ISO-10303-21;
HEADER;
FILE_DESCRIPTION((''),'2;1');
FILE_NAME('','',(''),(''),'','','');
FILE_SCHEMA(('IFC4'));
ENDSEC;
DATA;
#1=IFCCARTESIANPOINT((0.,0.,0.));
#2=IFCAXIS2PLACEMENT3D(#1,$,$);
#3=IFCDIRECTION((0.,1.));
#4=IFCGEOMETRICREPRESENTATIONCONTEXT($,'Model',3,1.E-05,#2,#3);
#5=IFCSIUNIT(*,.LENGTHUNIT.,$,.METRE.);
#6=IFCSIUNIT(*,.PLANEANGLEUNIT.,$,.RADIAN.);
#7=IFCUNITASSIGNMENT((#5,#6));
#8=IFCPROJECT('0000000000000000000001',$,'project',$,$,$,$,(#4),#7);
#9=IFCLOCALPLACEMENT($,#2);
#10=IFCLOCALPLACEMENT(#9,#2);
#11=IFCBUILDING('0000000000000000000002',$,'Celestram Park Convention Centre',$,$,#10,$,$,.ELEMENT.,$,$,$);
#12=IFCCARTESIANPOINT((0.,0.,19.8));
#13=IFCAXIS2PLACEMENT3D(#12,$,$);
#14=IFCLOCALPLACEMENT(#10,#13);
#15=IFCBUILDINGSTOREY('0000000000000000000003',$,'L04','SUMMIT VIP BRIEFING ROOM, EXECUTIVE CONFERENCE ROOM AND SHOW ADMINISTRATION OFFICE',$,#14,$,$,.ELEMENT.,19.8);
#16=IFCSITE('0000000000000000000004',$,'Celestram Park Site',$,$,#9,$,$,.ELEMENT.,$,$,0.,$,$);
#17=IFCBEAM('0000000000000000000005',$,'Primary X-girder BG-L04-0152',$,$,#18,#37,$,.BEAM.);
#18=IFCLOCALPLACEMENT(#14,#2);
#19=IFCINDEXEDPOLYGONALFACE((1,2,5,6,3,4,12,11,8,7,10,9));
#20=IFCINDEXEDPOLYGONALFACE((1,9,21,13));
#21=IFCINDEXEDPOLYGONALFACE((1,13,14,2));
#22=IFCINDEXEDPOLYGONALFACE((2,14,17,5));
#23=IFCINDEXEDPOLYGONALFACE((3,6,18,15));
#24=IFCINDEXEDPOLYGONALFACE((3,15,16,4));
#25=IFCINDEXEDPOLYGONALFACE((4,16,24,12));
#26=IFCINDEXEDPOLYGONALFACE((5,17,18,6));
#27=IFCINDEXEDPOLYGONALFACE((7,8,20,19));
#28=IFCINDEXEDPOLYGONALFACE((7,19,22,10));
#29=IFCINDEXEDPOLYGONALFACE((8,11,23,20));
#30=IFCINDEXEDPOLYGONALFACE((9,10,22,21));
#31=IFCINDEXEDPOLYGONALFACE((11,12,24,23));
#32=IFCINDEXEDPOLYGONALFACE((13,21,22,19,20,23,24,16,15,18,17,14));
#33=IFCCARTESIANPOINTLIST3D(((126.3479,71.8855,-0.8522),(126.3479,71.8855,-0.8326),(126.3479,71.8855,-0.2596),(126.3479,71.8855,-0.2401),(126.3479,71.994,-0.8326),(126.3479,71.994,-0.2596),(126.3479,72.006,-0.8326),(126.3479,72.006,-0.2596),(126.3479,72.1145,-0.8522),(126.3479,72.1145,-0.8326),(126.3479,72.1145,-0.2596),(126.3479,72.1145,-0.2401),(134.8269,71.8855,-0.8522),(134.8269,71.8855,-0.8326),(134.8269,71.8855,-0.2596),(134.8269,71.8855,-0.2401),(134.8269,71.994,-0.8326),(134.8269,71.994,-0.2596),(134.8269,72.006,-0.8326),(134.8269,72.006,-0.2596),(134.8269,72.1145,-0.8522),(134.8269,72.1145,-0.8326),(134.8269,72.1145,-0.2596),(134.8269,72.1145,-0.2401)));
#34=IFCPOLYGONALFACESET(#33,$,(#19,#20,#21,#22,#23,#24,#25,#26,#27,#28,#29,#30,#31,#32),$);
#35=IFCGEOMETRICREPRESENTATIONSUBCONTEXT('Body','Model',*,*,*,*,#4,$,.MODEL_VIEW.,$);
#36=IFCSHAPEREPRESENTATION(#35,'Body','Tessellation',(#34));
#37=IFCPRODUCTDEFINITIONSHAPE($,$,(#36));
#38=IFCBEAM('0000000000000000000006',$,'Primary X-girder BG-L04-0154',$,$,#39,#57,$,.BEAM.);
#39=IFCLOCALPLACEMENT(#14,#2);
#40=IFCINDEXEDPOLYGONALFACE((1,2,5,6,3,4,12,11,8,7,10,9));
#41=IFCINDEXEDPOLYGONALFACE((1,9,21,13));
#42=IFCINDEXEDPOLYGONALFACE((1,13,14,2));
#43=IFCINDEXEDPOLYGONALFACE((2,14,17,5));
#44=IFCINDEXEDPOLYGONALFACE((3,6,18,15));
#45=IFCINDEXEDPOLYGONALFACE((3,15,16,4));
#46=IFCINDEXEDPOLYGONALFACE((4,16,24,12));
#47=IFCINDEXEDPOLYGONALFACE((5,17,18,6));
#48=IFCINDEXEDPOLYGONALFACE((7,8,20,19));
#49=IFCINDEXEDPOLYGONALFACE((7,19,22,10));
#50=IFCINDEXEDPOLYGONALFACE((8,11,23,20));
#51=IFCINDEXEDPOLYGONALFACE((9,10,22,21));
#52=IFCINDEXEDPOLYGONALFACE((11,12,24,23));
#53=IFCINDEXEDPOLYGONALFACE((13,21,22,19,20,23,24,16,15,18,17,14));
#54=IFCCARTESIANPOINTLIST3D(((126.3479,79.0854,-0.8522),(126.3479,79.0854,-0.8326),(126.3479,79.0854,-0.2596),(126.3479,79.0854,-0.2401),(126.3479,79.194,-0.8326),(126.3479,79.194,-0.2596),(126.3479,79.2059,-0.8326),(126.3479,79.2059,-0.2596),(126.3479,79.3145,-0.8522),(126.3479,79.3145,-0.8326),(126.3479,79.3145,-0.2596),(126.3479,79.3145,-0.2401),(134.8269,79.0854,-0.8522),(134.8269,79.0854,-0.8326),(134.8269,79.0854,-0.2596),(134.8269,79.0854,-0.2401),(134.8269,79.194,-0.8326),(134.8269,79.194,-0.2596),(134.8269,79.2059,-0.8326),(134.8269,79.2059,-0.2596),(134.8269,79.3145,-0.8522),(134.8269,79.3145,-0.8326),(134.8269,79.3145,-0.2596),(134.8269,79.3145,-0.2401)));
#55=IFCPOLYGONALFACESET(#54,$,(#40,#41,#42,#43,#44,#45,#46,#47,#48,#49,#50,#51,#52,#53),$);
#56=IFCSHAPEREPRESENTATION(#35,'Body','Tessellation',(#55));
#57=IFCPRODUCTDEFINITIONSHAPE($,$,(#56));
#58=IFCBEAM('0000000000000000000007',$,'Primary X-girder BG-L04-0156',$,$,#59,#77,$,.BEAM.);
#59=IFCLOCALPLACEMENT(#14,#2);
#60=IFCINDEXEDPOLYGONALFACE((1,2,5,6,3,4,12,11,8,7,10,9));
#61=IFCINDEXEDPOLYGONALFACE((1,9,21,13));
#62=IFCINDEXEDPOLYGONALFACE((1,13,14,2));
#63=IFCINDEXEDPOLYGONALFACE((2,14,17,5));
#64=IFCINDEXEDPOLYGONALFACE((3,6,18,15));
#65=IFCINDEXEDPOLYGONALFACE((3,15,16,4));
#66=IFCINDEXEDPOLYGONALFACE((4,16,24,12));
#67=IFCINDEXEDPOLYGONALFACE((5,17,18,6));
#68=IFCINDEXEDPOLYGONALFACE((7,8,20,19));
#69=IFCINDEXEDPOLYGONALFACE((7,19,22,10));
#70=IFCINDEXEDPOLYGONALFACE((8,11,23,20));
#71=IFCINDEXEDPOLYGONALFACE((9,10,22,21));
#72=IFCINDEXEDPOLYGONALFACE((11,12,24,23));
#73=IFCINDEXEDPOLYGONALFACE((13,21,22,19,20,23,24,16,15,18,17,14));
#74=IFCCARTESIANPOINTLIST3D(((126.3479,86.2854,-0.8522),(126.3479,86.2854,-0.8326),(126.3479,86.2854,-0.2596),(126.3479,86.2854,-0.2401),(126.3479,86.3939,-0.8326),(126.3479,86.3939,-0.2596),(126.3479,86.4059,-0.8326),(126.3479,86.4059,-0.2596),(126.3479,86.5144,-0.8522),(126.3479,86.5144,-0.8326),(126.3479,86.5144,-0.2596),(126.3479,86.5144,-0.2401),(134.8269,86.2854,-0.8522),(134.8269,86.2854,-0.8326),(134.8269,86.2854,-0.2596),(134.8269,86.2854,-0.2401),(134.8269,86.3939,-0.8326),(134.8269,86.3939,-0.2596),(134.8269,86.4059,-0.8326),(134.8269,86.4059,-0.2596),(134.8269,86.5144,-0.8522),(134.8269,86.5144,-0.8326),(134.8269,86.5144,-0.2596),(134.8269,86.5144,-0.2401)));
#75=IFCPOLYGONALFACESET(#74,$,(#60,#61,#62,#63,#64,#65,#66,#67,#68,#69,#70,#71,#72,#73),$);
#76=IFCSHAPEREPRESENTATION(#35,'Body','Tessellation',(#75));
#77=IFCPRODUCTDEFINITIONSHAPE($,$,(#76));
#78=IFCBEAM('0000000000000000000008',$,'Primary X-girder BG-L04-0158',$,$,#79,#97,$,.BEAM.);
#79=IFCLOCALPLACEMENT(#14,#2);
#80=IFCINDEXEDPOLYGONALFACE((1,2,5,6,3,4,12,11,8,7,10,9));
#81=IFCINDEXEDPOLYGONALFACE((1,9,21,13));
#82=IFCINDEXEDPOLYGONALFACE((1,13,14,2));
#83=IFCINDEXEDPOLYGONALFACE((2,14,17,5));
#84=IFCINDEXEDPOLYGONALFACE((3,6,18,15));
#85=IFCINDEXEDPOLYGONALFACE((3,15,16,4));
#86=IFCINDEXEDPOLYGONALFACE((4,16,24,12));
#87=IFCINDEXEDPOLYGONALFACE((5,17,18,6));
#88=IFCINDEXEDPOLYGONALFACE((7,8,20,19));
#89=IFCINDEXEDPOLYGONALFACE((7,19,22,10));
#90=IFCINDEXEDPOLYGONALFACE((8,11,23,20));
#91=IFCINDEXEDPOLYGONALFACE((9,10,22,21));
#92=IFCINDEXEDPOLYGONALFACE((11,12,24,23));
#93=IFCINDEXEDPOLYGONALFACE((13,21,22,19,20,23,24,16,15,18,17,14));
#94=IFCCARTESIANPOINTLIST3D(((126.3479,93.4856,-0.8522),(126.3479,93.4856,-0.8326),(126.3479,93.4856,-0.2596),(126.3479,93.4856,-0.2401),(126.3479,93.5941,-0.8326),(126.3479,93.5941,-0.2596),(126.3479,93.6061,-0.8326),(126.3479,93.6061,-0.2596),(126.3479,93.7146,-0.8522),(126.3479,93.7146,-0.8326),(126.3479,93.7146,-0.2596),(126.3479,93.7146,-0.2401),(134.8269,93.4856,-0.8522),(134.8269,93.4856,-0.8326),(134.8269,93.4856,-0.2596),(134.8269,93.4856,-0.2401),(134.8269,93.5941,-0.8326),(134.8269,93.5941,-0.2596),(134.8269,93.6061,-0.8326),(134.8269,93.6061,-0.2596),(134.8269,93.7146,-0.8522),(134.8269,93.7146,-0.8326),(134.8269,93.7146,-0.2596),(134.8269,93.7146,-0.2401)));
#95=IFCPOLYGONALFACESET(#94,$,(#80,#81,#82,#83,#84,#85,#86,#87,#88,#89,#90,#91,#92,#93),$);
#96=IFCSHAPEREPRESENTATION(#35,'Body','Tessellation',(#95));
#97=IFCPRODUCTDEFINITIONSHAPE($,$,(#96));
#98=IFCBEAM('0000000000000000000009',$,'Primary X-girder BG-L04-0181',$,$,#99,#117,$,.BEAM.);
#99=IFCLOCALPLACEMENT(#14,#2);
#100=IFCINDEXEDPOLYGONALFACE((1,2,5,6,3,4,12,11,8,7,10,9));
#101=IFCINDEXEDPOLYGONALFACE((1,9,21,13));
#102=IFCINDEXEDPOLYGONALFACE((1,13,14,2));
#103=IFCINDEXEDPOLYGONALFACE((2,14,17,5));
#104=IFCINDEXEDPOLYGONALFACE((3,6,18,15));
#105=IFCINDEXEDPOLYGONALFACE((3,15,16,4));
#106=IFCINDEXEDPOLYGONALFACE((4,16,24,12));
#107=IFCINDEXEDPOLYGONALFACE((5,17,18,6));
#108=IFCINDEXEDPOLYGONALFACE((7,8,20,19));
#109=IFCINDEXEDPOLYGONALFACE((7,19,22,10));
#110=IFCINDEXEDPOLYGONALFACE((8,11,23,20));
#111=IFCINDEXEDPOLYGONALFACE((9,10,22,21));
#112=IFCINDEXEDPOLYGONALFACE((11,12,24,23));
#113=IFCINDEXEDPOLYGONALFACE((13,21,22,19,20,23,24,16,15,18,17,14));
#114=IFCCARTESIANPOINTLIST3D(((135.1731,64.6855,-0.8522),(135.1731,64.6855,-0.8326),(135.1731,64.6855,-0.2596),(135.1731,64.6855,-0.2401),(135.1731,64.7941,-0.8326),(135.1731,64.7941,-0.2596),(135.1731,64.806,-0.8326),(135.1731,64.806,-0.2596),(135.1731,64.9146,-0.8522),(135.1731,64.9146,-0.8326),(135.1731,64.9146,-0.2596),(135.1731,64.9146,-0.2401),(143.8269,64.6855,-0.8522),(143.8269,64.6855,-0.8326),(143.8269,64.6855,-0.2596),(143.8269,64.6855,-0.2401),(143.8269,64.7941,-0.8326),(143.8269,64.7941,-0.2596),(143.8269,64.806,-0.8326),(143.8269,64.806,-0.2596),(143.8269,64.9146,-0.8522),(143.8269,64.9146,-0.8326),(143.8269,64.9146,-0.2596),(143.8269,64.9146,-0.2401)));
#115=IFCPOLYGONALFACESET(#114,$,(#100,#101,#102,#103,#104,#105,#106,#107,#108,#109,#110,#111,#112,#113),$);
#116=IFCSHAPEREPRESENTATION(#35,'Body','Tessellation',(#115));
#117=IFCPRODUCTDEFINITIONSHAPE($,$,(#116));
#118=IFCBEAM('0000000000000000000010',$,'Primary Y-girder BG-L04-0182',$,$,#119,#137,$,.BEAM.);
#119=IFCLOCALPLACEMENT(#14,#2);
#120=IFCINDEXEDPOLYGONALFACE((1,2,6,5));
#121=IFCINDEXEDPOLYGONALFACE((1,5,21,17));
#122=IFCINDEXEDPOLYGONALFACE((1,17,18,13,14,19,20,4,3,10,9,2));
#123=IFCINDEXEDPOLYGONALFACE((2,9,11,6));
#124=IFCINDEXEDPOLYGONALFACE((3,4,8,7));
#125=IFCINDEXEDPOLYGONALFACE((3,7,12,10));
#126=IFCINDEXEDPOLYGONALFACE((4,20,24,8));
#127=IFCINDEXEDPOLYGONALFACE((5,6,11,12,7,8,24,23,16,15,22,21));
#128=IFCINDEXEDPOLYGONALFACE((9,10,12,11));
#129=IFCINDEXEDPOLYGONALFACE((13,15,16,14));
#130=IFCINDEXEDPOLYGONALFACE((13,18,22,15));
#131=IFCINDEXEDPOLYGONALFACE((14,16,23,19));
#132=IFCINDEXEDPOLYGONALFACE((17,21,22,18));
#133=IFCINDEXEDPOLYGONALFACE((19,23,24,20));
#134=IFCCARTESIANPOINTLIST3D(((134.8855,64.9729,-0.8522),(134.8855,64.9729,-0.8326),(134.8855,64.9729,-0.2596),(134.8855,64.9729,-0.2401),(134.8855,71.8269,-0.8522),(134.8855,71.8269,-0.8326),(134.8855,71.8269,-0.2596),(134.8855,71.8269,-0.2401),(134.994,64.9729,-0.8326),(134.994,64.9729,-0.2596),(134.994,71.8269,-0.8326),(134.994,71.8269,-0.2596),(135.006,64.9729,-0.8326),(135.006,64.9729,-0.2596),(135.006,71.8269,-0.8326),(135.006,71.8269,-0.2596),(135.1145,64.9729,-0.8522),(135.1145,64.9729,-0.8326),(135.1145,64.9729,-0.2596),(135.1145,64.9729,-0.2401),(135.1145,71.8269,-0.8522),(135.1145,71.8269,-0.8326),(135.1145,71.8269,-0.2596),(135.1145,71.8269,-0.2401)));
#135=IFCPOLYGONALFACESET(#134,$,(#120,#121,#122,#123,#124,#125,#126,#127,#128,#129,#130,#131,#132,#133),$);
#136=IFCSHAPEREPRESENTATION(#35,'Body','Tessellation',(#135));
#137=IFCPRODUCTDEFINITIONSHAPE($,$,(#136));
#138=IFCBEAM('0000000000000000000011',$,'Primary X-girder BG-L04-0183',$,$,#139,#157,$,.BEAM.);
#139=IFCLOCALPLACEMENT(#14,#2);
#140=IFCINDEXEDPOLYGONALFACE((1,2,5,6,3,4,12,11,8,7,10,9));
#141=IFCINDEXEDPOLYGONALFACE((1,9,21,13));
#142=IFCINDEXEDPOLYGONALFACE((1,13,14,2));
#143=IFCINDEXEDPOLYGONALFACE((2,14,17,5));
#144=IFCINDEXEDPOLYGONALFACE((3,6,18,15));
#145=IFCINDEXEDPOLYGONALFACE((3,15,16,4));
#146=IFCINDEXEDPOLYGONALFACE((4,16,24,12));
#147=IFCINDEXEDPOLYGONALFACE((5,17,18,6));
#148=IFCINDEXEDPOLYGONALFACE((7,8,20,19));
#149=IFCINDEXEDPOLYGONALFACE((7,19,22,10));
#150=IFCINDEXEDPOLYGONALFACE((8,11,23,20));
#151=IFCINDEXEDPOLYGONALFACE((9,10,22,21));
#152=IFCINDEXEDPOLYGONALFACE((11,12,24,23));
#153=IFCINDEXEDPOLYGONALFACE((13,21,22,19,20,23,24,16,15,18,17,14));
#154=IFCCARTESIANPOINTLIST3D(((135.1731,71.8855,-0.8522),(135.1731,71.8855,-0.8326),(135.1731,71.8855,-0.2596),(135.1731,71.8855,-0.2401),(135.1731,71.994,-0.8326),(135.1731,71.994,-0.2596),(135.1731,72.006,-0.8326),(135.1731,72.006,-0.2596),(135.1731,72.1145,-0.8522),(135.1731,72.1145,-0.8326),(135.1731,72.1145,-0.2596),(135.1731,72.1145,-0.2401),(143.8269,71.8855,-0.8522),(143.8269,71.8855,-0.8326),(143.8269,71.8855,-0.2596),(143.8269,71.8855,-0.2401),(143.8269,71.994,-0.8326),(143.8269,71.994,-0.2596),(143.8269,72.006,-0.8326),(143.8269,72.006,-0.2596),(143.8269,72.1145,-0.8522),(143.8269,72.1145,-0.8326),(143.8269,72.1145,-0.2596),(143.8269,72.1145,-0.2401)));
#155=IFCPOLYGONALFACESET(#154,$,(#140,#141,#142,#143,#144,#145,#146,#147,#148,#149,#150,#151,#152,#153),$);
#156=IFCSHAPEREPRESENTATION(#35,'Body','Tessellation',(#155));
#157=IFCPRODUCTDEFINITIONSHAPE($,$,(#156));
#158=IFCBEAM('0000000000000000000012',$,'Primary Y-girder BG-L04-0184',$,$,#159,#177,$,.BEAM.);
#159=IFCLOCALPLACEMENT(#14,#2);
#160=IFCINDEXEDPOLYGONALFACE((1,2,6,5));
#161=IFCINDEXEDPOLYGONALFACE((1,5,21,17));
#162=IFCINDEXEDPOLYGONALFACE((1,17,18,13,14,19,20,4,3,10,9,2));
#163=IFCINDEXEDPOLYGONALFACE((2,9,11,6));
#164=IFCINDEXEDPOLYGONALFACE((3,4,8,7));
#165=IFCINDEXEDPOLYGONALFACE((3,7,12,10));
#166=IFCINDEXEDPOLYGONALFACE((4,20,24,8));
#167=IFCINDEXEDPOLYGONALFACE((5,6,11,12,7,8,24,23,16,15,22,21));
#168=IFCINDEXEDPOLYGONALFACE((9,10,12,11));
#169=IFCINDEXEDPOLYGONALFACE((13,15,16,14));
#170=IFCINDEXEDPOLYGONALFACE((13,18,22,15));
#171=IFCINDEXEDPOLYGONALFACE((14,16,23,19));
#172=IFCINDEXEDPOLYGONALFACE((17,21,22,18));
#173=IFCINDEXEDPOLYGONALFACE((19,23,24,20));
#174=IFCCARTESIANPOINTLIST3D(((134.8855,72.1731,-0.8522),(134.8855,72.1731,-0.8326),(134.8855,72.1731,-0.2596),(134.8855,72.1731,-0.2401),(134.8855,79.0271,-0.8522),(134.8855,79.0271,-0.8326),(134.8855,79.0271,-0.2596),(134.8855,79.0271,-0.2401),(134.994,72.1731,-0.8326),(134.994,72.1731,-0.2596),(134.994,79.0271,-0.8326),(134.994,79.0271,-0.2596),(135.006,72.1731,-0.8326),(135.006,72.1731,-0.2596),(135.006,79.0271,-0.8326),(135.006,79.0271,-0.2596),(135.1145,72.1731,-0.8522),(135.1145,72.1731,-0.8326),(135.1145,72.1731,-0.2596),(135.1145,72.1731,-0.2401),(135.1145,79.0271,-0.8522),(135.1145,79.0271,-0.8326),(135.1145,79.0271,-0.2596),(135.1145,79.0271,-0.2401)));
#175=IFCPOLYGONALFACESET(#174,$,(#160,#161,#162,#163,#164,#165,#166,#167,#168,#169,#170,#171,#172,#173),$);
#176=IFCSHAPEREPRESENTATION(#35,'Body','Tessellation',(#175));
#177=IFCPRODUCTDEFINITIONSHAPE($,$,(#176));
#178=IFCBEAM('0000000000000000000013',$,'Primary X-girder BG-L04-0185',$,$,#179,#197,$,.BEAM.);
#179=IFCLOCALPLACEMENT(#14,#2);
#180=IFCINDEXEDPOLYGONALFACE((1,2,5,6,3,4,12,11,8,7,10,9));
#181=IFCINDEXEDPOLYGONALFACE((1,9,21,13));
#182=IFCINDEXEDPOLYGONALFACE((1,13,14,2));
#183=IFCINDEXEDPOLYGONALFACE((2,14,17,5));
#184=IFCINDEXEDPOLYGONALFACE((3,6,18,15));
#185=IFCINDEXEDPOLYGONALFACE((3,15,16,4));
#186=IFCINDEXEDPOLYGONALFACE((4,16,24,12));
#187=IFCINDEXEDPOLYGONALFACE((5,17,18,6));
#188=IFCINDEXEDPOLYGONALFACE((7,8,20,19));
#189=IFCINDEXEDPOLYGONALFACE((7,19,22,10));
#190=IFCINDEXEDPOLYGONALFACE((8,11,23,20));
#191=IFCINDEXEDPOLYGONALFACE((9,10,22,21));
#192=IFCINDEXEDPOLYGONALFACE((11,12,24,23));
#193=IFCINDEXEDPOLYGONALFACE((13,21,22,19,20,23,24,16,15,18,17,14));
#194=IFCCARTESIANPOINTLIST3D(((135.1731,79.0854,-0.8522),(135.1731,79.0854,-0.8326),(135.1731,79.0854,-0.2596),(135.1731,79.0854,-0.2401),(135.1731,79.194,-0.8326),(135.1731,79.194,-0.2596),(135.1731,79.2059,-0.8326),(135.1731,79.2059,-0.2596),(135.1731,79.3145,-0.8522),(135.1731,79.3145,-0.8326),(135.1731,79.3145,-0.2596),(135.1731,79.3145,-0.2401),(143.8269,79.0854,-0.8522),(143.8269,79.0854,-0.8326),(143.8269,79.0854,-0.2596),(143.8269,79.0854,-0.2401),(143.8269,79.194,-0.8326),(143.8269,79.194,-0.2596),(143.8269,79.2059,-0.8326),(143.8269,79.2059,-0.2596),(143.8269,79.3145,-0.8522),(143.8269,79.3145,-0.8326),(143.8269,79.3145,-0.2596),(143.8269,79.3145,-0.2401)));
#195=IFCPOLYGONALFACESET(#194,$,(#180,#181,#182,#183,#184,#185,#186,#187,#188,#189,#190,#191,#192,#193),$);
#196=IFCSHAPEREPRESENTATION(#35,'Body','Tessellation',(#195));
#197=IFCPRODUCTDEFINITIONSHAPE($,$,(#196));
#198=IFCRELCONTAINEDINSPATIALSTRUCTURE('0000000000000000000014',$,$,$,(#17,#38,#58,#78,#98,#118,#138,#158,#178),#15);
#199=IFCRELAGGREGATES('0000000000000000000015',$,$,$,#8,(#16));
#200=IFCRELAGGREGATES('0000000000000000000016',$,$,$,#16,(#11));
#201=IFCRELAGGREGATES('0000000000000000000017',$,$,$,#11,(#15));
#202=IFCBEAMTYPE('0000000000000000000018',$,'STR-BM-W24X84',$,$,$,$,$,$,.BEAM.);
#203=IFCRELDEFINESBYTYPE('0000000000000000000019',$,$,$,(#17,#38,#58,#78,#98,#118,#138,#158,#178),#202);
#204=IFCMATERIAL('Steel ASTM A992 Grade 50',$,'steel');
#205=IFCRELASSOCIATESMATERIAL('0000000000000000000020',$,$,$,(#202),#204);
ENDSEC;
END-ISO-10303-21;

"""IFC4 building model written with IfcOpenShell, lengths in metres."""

from ifc_helpers import new_model, si_unit, direction, frame, origin, origin_2d, place, context, subcontext, project, spatial, i_section, extrude, material, material_profile, profile_set, type_object, element, save


model = new_model("IFC4")

# Units and contexts
model_context = context("Model", 3, precision=1e-05, world=origin(), true_north=direction((0.0, 1.0)))
body_context = subcontext(model_context, "Body", "Model", "MODEL_VIEW")
ifc_project = project(units=[si_unit("LENGTHUNIT", "METRE"), si_unit("PLANEANGLEUNIT", "RADIAN")], contexts=[model_context])

# Site, building, storey
site_placement = place(None, origin())
site = spatial("IfcSite", under=ifc_project, at=site_placement, Name="Celestram Park Site", CompositionType="ELEMENT", RefElevation=0.0)
building_placement = place(site_placement, origin())
building = spatial("IfcBuilding", under=site, at=building_placement, Name="Celestram Park Convention Centre", CompositionType="ELEMENT")
storey_placement = place(building_placement, frame((0.0, 0.0, 19.8)))
storey = spatial("IfcBuildingStorey", under=building, at=storey_placement, Name="L04", Description="SUMMIT VIP BRIEFING ROOM, EXECUTIVE CONFERENCE ROOM AND SHOW ADMINISTRATION OFFICE", CompositionType="ELEMENT", Elevation=19.8)

# Beams
ifc_material_1 = material(Name="Steel ASTM A992 Grade 50", Category="steel")
ifc_material_profile_1 = material_profile(ifc_material_1, i_section(OverallWidth=0.229, OverallDepth=0.6121, WebThickness=0.012, FlangeThickness=0.0195, at=origin_2d()), Name="W24X84")
ifc_profile_set_1 = profile_set([ifc_material_profile_1], Name="Steel ASTM A992 Grade 50")
beam_type_1 = type_object("IfcBeamType", Name="STR-BM-W24X84", PredefinedType="BEAM", material=ifc_profile_set_1)
for number, where, z_axis, x_axis, name in (
    (1, (126.3479, 72.0, -0.5461), (1.0, 0.0, 0.0), (0.0, 1.0, 0.0), "Primary X-girder BG-L04-0152"),
    (2, (126.3479, 79.2, -0.5461), (1.0, 0.0, 0.0), (0.0, 1.0, 0.0), "Primary X-girder BG-L04-0154"),
    (3, (126.3479, 86.3999, -0.5461), (1.0, 0.0, 0.0), (0.0, 1.0, 0.0), "Primary X-girder BG-L04-0156"),
    (4, (126.3479, 93.6001, -0.5461), (1.0, 0.0, 0.0), (0.0, 1.0, 0.0), "Primary X-girder BG-L04-0158"),
):
    element("IfcBeam", number, at=place(storey_placement, frame(where, z_axis=z_axis, x_axis=x_axis)), inside=storey, type_object=beam_type_1, Name=name, PredefinedType="BEAM", context=body_context, shape_type="SweptSolid", body=[
        extrude(i_section(OverallWidth=0.229, OverallDepth=0.6121, WebThickness=0.012, FlangeThickness=0.0195, at=origin_2d()), origin(), (0.0, 0.0, 1.0), 8.479),
    ])
beam_1_placement = place(storey_placement, frame((135.1731, 64.8, -0.5461), z_axis=(1.0, 0.0, 0.0), x_axis=(0.0, 1.0, 0.0)))
element("IfcBeam", 5, at=beam_1_placement, inside=storey, type_object=beam_type_1, Name="Primary X-girder BG-L04-0181", PredefinedType="BEAM", context=body_context, shape_type="SweptSolid", body=[
    extrude(i_section(OverallWidth=0.229, OverallDepth=0.6121, WebThickness=0.012, FlangeThickness=0.0195, at=origin_2d()), origin(), (0.0, 0.0, 1.0), 8.6538),
])
beam_2_placement = place(storey_placement, frame((135.0, 64.9729, -0.5461), z_axis=(0.0, 1.0, 0.0), x_axis=(-1.0, 0.0, 0.0)))
element("IfcBeam", 6, at=beam_2_placement, inside=storey, type_object=beam_type_1, Name="Primary Y-girder BG-L04-0182", PredefinedType="BEAM", context=body_context, shape_type="SweptSolid", body=[
    extrude(i_section(OverallWidth=0.229, OverallDepth=0.6121, WebThickness=0.012, FlangeThickness=0.0195, at=origin_2d()), origin(), (0.0, 0.0, 1.0), 6.854),
])
beam_3_placement = place(storey_placement, frame((135.1731, 72.0, -0.5461), z_axis=(1.0, 0.0, 0.0), x_axis=(0.0, 1.0, 0.0)))
element("IfcBeam", 7, at=beam_3_placement, inside=storey, type_object=beam_type_1, Name="Primary X-girder BG-L04-0183", PredefinedType="BEAM", context=body_context, shape_type="SweptSolid", body=[
    extrude(i_section(OverallWidth=0.229, OverallDepth=0.6121, WebThickness=0.012, FlangeThickness=0.0195, at=origin_2d()), origin(), (0.0, 0.0, 1.0), 8.6538),
])
beam_4_placement = place(storey_placement, frame((135.0, 72.1731, -0.5461), z_axis=(0.0, 1.0, 0.0), x_axis=(-1.0, 0.0, 0.0)))
element("IfcBeam", 8, at=beam_4_placement, inside=storey, type_object=beam_type_1, Name="Primary Y-girder BG-L04-0184", PredefinedType="BEAM", context=body_context, shape_type="SweptSolid", body=[
    extrude(i_section(OverallWidth=0.229, OverallDepth=0.6121, WebThickness=0.012, FlangeThickness=0.0195, at=origin_2d()), origin(), (0.0, 0.0, 1.0), 6.854),
])
beam_5_placement = place(storey_placement, frame((135.1731, 79.2, -0.5461), z_axis=(1.0, 0.0, 0.0), x_axis=(0.0, 1.0, 0.0)))
element("IfcBeam", 9, at=beam_5_placement, inside=storey, type_object=beam_type_1, Name="Primary X-girder BG-L04-0185", PredefinedType="BEAM", context=body_context, shape_type="SweptSolid", body=[
    extrude(i_section(OverallWidth=0.229, OverallDepth=0.6121, WebThickness=0.012, FlangeThickness=0.0195, at=origin_2d()), origin(), (0.0, 0.0, 1.0), 8.6538),
])

save(model, "model.ifc")
